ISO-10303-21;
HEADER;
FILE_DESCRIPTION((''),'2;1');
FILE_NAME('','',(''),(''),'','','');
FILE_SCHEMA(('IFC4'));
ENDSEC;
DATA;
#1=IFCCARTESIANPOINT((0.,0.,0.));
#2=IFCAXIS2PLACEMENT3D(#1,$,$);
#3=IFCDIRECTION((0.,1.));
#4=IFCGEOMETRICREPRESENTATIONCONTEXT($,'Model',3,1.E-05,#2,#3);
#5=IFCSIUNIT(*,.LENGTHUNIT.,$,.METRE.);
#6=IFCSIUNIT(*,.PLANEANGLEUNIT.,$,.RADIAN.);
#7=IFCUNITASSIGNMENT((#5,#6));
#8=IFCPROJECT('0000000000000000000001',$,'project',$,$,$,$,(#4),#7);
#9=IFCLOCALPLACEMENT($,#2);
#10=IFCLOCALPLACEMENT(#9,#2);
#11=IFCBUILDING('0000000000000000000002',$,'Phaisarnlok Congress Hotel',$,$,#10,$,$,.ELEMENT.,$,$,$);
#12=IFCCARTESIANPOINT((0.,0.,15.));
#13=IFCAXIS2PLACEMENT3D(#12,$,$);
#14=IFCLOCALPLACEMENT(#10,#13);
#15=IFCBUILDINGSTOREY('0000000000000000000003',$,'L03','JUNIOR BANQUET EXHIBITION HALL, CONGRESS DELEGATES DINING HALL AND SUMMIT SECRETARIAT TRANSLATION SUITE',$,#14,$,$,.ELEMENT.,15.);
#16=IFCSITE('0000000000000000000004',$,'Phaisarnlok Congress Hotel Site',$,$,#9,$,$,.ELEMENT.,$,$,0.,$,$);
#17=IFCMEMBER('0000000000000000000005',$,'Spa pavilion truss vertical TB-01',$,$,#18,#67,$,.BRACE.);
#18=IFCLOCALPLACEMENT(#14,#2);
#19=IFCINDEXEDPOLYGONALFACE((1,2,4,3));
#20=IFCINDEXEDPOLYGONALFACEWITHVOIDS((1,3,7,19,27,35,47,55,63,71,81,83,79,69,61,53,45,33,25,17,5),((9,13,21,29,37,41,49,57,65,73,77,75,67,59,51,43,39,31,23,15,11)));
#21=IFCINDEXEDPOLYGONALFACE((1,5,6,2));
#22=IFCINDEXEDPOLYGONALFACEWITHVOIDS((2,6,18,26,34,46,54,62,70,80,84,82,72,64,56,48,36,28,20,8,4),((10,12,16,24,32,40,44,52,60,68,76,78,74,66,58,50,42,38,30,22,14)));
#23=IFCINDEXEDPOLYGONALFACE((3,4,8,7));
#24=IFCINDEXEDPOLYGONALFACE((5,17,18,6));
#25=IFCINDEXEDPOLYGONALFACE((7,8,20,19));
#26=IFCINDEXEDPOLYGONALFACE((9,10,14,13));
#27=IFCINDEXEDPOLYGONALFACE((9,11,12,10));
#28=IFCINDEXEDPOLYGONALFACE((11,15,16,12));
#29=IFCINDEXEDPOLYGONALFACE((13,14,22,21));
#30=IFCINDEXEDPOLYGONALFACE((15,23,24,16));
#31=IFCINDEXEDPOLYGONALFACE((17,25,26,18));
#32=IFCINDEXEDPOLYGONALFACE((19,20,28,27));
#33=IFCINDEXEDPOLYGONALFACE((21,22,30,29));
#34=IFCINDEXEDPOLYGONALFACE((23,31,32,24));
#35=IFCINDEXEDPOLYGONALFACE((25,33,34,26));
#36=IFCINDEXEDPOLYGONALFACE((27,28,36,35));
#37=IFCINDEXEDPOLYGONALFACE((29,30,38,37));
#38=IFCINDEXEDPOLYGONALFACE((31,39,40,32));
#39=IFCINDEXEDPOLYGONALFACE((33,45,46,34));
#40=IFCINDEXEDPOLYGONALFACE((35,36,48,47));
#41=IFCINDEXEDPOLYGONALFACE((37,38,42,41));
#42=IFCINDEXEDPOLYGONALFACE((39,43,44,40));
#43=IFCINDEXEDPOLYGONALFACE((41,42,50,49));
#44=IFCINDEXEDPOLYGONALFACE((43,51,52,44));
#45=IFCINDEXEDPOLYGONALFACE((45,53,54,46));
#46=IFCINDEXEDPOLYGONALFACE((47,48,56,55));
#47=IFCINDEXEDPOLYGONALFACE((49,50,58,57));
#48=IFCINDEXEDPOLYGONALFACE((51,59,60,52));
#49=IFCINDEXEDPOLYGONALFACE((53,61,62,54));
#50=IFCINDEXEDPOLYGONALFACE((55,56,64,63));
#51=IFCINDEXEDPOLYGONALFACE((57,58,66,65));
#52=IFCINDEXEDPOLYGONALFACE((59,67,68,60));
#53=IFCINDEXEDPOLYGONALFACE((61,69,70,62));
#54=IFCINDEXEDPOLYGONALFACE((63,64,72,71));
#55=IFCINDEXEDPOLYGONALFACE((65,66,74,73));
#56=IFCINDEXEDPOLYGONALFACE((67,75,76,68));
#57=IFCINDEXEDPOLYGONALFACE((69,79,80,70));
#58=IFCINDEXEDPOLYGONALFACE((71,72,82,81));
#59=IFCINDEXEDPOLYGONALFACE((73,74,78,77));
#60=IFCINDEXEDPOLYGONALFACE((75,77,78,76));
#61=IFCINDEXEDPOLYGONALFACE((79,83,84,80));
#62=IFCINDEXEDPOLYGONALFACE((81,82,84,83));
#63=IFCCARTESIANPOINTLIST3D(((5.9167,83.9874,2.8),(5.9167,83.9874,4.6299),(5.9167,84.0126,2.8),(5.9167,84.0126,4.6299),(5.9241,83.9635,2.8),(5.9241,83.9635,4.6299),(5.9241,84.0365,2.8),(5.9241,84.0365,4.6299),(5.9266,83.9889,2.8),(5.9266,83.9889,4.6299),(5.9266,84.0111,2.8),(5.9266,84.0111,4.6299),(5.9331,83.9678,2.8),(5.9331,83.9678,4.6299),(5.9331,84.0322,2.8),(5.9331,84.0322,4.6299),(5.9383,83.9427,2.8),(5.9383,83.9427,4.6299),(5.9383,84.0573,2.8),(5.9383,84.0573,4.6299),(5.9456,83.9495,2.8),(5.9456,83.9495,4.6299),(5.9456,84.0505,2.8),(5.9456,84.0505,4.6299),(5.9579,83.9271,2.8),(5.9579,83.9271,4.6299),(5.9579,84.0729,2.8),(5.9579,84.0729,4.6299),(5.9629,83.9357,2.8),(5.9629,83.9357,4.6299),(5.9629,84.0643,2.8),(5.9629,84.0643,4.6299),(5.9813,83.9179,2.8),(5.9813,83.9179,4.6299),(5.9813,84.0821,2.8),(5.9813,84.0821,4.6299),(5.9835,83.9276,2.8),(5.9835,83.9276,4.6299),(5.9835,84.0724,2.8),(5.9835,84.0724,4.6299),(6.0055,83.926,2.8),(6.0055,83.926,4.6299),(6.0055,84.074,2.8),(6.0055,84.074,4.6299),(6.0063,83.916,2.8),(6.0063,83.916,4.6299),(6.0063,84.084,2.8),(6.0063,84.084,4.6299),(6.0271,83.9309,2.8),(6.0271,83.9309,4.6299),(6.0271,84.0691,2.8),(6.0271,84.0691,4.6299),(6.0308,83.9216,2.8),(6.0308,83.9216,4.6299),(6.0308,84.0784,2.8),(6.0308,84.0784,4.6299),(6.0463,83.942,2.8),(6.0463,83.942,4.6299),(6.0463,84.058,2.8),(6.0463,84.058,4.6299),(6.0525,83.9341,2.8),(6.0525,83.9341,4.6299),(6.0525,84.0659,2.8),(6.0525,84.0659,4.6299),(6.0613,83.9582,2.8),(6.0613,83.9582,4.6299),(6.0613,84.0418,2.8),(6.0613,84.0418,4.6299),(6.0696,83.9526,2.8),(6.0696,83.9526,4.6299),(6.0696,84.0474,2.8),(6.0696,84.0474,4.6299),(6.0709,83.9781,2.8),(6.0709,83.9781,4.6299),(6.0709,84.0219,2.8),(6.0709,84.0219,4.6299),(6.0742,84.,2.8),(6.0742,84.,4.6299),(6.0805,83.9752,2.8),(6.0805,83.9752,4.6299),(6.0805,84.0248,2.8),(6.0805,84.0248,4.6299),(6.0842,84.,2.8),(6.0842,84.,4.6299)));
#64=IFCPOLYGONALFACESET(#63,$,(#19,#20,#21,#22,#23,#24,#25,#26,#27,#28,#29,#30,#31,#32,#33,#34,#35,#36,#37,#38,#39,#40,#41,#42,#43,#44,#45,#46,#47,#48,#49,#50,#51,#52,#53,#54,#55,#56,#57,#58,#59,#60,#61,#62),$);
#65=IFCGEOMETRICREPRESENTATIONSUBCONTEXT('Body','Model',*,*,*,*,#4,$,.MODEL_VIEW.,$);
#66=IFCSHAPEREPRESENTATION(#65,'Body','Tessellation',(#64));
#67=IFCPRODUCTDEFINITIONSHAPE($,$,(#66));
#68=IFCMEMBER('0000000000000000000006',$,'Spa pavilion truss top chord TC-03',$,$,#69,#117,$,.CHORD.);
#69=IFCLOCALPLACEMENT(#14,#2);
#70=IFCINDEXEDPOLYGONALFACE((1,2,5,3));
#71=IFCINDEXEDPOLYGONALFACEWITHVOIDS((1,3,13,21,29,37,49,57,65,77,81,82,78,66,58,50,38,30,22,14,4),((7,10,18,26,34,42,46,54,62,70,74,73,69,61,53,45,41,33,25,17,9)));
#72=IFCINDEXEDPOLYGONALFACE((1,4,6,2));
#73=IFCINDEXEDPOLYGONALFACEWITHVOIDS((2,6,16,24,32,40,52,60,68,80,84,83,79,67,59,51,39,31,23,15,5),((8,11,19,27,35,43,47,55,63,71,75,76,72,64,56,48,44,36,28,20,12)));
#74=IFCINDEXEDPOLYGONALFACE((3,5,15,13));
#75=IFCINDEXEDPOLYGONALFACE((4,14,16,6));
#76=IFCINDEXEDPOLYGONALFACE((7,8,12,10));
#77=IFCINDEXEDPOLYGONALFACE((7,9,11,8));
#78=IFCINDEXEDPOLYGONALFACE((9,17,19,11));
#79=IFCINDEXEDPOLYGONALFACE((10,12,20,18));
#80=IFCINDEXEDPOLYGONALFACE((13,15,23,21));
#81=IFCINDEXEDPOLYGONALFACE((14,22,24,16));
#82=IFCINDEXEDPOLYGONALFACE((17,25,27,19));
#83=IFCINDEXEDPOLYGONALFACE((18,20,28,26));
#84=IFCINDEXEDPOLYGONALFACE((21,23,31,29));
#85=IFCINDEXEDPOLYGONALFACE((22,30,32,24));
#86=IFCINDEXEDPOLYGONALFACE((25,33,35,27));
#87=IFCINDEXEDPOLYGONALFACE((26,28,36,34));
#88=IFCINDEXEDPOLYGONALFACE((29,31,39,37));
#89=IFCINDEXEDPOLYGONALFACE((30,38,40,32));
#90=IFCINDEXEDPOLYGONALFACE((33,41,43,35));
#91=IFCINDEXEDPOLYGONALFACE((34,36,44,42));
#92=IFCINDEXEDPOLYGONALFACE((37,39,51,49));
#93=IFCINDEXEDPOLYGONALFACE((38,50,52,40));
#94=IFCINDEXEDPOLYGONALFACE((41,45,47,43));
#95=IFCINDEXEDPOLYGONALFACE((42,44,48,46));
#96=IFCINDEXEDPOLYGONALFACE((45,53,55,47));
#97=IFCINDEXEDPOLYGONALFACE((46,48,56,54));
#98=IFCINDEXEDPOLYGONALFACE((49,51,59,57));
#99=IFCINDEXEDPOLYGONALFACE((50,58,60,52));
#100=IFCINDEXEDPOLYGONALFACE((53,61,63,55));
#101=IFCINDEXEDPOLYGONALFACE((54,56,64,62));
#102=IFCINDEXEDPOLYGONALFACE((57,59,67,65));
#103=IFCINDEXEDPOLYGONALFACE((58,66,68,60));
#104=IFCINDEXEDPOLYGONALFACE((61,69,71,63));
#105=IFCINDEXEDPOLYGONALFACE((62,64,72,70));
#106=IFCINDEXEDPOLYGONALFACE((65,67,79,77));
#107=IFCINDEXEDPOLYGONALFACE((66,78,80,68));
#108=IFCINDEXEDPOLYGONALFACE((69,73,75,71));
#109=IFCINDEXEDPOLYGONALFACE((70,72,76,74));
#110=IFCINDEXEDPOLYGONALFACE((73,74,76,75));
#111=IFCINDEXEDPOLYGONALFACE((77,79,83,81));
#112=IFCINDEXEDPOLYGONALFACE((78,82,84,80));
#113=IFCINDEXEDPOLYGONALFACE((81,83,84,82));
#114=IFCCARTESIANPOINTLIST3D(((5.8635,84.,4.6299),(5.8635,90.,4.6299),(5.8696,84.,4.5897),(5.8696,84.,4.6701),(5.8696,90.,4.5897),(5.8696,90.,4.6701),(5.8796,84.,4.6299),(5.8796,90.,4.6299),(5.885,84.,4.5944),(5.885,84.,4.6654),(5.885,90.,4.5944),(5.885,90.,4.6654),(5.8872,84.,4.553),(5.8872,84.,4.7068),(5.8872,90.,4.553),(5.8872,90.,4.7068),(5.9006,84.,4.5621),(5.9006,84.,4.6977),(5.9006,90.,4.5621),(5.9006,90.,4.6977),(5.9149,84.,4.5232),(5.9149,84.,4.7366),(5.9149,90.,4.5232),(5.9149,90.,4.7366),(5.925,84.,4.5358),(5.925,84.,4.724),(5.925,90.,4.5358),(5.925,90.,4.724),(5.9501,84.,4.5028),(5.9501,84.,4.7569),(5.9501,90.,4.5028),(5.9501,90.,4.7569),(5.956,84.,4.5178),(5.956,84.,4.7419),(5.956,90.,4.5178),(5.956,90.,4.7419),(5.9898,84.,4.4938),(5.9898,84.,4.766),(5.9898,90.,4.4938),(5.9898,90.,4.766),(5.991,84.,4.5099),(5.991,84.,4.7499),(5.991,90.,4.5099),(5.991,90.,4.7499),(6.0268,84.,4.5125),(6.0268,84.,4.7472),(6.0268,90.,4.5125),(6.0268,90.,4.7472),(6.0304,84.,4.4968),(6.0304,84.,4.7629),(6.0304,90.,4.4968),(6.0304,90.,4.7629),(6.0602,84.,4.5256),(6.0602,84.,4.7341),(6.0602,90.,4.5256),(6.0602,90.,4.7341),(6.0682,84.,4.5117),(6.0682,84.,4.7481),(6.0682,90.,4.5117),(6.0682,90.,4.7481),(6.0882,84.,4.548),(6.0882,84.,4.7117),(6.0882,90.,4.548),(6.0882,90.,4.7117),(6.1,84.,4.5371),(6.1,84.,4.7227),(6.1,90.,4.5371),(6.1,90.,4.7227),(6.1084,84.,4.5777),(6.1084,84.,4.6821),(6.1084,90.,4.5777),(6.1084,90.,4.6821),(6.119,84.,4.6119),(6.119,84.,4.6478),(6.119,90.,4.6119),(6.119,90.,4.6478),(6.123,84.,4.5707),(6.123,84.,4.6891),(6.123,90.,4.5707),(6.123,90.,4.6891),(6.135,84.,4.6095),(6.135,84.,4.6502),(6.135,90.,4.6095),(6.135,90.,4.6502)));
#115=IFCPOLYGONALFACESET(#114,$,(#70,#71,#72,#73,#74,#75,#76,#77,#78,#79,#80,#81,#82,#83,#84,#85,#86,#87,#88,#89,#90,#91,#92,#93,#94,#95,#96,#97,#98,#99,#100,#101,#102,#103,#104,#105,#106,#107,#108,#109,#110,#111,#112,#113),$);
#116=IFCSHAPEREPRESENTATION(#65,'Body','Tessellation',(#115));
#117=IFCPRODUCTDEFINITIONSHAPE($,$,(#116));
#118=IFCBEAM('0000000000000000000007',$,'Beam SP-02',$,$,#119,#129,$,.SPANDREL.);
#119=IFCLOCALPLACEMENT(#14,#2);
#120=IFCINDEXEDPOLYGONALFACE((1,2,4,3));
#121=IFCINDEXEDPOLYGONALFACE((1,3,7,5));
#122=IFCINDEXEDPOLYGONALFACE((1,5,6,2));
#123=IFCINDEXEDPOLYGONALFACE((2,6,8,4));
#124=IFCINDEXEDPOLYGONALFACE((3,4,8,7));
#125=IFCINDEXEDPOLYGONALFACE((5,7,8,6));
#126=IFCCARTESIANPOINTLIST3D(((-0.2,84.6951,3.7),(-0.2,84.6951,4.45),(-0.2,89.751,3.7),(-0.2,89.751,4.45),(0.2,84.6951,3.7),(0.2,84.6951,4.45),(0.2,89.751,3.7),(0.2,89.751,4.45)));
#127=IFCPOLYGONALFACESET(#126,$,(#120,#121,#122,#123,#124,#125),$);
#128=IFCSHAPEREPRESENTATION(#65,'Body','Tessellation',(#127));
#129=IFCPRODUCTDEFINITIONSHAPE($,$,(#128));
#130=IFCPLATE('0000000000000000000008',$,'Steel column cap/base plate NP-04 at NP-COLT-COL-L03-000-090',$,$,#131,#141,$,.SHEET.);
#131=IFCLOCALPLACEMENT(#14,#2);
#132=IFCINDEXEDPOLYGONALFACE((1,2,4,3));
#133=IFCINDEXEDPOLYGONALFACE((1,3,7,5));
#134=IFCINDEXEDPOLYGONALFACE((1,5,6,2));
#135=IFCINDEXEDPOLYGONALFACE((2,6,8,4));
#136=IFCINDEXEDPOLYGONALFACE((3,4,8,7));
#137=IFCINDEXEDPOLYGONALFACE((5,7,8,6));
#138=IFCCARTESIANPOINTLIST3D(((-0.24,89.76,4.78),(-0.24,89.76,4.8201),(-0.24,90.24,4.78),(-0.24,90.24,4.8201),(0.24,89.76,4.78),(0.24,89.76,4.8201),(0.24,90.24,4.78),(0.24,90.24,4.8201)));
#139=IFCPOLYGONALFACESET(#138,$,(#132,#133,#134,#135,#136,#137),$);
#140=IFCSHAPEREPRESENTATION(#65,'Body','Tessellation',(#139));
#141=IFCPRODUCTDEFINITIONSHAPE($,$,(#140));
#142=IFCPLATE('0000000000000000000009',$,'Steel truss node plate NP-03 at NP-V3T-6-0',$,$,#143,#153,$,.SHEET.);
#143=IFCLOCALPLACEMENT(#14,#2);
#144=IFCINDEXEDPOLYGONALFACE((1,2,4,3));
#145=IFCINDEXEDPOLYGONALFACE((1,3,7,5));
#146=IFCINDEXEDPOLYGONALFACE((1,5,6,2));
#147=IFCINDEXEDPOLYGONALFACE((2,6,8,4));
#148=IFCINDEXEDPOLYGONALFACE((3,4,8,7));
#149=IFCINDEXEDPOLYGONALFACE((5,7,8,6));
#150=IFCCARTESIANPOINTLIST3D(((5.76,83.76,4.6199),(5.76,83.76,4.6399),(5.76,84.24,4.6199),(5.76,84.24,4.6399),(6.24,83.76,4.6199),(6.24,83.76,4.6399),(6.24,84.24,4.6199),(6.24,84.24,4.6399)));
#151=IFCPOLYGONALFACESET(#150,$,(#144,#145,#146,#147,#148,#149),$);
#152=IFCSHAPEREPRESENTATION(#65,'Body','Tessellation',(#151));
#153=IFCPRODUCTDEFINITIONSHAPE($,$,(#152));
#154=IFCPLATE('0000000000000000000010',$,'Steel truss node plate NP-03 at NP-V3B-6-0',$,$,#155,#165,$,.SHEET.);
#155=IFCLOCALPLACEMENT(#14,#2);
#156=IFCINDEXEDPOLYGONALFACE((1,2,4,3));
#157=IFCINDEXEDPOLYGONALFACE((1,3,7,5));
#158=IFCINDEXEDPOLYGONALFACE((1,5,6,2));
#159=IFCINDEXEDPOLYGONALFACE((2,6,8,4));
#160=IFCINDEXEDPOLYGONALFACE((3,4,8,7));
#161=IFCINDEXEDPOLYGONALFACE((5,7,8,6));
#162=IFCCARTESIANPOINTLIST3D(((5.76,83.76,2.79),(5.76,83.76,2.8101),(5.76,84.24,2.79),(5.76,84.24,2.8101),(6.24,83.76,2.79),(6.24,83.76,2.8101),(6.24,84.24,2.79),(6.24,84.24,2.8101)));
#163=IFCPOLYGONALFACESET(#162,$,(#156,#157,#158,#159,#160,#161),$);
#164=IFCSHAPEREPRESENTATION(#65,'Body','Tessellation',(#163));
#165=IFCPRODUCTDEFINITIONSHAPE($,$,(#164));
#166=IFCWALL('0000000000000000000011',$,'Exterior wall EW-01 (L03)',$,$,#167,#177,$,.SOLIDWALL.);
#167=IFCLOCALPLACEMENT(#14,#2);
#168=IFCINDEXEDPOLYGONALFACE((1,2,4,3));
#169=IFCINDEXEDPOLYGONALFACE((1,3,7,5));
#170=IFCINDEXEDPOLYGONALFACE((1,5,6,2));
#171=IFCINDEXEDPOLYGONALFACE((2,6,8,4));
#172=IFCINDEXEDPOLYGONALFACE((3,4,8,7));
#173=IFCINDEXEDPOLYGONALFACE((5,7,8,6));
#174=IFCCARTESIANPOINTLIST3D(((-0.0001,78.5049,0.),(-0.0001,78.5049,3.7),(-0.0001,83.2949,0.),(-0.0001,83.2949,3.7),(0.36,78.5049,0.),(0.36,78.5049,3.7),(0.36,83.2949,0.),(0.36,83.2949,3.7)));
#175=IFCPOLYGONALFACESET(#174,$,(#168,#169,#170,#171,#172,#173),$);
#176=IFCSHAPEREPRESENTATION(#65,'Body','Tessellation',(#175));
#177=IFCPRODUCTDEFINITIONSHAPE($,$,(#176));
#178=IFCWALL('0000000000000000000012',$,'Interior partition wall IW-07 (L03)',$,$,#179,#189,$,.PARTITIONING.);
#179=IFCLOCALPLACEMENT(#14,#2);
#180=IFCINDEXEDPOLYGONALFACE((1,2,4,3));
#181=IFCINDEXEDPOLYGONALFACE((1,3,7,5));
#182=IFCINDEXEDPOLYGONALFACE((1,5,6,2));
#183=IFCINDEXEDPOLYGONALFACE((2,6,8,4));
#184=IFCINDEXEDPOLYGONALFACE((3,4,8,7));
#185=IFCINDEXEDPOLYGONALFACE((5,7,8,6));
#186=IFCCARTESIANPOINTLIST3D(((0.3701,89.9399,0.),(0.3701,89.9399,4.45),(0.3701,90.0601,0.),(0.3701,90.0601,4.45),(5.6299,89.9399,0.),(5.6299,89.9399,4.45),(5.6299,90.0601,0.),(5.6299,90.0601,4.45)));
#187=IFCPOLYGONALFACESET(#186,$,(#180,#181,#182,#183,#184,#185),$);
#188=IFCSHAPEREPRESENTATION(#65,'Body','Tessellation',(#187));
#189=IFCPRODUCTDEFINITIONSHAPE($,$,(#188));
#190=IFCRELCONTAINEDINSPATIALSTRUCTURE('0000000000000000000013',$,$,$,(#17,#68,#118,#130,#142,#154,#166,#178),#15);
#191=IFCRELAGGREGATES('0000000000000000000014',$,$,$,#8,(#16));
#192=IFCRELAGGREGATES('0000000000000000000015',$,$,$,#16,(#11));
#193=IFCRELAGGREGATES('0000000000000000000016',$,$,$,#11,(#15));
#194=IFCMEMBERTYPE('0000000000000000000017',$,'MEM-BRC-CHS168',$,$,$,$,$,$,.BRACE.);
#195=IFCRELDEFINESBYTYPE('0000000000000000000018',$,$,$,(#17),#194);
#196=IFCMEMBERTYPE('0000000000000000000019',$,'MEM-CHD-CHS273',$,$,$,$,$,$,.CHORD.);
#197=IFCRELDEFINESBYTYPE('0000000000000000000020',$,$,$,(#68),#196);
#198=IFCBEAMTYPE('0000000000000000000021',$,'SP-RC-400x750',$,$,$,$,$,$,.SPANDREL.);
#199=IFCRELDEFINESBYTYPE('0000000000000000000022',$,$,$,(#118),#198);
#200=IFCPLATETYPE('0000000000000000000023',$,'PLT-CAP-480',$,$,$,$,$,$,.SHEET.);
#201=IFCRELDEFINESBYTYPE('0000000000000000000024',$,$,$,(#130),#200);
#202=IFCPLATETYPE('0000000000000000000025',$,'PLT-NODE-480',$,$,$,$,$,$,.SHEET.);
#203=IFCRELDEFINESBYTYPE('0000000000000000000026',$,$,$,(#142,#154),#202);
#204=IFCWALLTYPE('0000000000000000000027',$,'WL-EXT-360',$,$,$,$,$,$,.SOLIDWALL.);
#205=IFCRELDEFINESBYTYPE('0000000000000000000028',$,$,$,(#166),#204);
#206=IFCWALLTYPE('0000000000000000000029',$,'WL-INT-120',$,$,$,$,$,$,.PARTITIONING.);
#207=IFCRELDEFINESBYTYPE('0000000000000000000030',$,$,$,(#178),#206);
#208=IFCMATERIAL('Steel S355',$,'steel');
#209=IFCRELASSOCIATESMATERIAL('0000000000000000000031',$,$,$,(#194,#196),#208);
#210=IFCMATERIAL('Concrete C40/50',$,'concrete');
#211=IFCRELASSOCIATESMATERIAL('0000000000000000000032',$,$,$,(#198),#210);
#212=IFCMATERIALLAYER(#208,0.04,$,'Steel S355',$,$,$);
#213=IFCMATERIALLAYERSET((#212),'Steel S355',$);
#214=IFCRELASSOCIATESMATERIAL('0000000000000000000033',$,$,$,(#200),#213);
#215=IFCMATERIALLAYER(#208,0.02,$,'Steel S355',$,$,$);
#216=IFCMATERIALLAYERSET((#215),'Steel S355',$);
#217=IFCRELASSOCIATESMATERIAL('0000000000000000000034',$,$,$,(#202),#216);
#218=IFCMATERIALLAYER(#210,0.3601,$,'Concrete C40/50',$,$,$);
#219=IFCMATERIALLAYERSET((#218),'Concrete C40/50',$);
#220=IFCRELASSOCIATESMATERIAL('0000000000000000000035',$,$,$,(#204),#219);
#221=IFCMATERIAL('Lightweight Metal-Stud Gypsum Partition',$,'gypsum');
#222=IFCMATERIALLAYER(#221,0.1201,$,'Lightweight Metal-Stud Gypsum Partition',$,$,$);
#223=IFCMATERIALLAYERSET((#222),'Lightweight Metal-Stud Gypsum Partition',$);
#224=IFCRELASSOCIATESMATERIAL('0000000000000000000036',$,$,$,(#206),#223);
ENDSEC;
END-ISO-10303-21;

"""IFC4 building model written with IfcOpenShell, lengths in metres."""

from ifc_helpers import new_model, si_unit, direction, frame, frame_2d, origin, origin_2d, place, context, subcontext, project, spatial, rectangle, hollow_circle, extrude, material, layer, layer_set, material_profile, profile_set, type_object, element, save


model = new_model("IFC4")

# Units and contexts
model_context = context("Model", 3, precision=1e-05, world=origin(), true_north=direction((0.0, 1.0)))
body_context = subcontext(model_context, "Body", "Model", "MODEL_VIEW")
ifc_project = project(units=[si_unit("LENGTHUNIT", "METRE"), si_unit("PLANEANGLEUNIT", "RADIAN")], contexts=[model_context])

# Site, building, storey
site_placement = place(None, origin())
site = spatial("IfcSite", under=ifc_project, at=site_placement, Name="Phaisarnlok Congress Hotel Site", CompositionType="ELEMENT", RefElevation=0.0)
building_placement = place(site_placement, origin())
building = spatial("IfcBuilding", under=site, at=building_placement, Name="Phaisarnlok Congress Hotel", CompositionType="ELEMENT")
storey_placement = place(building_placement, frame((0.0, 0.0, 15.0)))
storey = spatial("IfcBuildingStorey", under=building, at=storey_placement, Name="L03", Description="JUNIOR BANQUET EXHIBITION HALL, CONGRESS DELEGATES DINING HALL AND SUMMIT SECRETARIAT TRANSLATION SUITE", CompositionType="ELEMENT", Elevation=15.0)

# Shared definitions
ifc_material_1 = material(Name="Steel S355", Category="steel")

# Members
ifc_material_profile_1 = material_profile(ifc_material_1, hollow_circle(Radius=0.0842, WallThickness=0.01, at=origin_2d()), Name="CHS 168.3x10")
ifc_profile_set_1 = profile_set([ifc_material_profile_1], Name="Steel S355")
member_type_1 = type_object("IfcMemberType", Name="MEM-BRC-CHS168", PredefinedType="BRACE", material=ifc_profile_set_1)
member_1_placement = place(storey_placement, frame((6.0, 84.0, 2.8), z_axis=(0.0, 0.0, 1.0), x_axis=(1.0, 0.0, 0.0)))
element("IfcMember", 1, at=member_1_placement, inside=storey, type_object=member_type_1, Name="Spa pavilion truss vertical TB-01", PredefinedType="BRACE", context=body_context, shape_type="SweptSolid", body=[
    extrude(hollow_circle(Radius=0.0842, WallThickness=0.01, at=origin_2d()), origin(), (0.0, 0.0, 1.0), 1.8298),
])
ifc_material_profile_2 = material_profile(ifc_material_1, hollow_circle(Radius=0.1365, WallThickness=0.0161, at=origin_2d()), Name="CHS 273x16")
ifc_profile_set_2 = profile_set([ifc_material_profile_2], Name="Steel S355")
member_type_2 = type_object("IfcMemberType", Name="MEM-CHD-CHS273", PredefinedType="CHORD", material=ifc_profile_set_2)
member_2_placement = place(storey_placement, frame((6.0, 84.0, 4.6299), z_axis=(0.0, 1.0, 0.0), x_axis=(-1.0, 0.0, 0.0)))
element("IfcMember", 2, at=member_2_placement, inside=storey, type_object=member_type_2, Name="Spa pavilion truss top chord TC-03", PredefinedType="CHORD", context=body_context, shape_type="SweptSolid", body=[
    extrude(hollow_circle(Radius=0.1365, WallThickness=0.0161, at=origin_2d()), origin(), (0.0, 0.0, 1.0), 6.0),
])

# Beam
ifc_material_2 = material(Name="Concrete C40/50", Category="concrete")
ifc_material_profile_3 = material_profile(ifc_material_2, rectangle(XDim=0.3999, YDim=0.75, at=origin_2d()), Name="RC 400x750")
ifc_profile_set_3 = profile_set([ifc_material_profile_3], Name="Concrete C40/50")
beam_type_1 = type_object("IfcBeamType", Name="SP-RC-400x750", PredefinedType="SPANDREL", material=ifc_profile_set_3)
beam_1_placement = place(storey_placement, frame((0.0, 84.6951, 4.075), z_axis=(0.0, 1.0, 0.0), x_axis=(-1.0, 0.0, 0.0)))
element("IfcBeam", 3, at=beam_1_placement, inside=storey, type_object=beam_type_1, Name="Beam SP-02", PredefinedType="SPANDREL", context=body_context, shape_type="SweptSolid", body=[
    extrude(rectangle(XDim=0.3999, YDim=0.75, at=origin_2d()), origin(), (0.0, 0.0, 1.0), 5.0559),
])

# Plates
ifc_layer_1 = layer(ifc_material_1, 0.04, Name="Steel S355")
ifc_layer_set_1 = layer_set([ifc_layer_1], Name="Steel S355")
plate_type_1 = type_object("IfcPlateType", Name="PLT-CAP-480", PredefinedType="SHEET", material=ifc_layer_set_1)
plate_placement = place(storey_placement, frame((0.0, 90.0, 4.78), z_axis=(0.0, 0.0, 1.0), x_axis=(1.0, 0.0, 0.0)))
element("IfcPlate", 4, at=plate_placement, inside=storey, type_object=plate_type_1, Name="Steel column cap/base plate NP-04 at NP-COLT-COL-L03-000-090", PredefinedType="SHEET", context=body_context, shape_type="SweptSolid", body=[
    extrude(rectangle(XDim=0.48, YDim=0.48, at=origin_2d()), origin(), (0.0, 0.0, 1.0), 0.04),
])
ifc_layer_2 = layer(ifc_material_1, 0.02, Name="Steel S355")
ifc_layer_set_2 = layer_set([ifc_layer_2], Name="Steel S355")
plate_type_2 = type_object("IfcPlateType", Name="PLT-NODE-480", PredefinedType="SHEET", material=ifc_layer_set_2)
for number, where, z_axis, x_axis, name in (
    (5, (6.0, 84.0, 4.6199), (0.0, 0.0, 1.0), (1.0, 0.0, 0.0), "Steel truss node plate NP-03 at NP-V3T-6-0"),
    (6, (6.0, 84.0, 2.79), (0.0, 0.0, 1.0), (1.0, 0.0, 0.0), "Steel truss node plate NP-03 at NP-V3B-6-0"),
):
    element("IfcPlate", number, at=place(storey_placement, frame(where, z_axis=z_axis, x_axis=x_axis)), inside=storey, type_object=plate_type_2, Name=name, PredefinedType="SHEET", context=body_context, shape_type="SweptSolid", body=[
        extrude(rectangle(XDim=0.48, YDim=0.48, at=origin_2d()), origin(), (0.0, 0.0, 1.0), 0.02),
    ])

# Walls
ifc_layer_3 = layer(ifc_material_2, 0.3601, Name="Concrete C40/50")
ifc_layer_set_3 = layer_set([ifc_layer_3], Name="Concrete C40/50")
wall_type_1 = type_object("IfcWallType", Name="WL-EXT-360", PredefinedType="SOLIDWALL", material=ifc_layer_set_3)
wall_1_placement = place(storey_placement, frame((0.1799, 83.2949, 0.0), z_axis=(0.0, 0.0, 1.0), x_axis=(0.0, -1.0, 0.0)))
element("IfcWall", 7, at=wall_1_placement, inside=storey, type_object=wall_type_1, Name="Exterior wall EW-01 (L03)", PredefinedType="SOLIDWALL", context=body_context, shape_type="SweptSolid", body=[
    extrude(rectangle(XDim=4.79, YDim=0.3601, at=frame_2d((2.395, 0.0))), origin(), (0.0, 0.0, 1.0), 3.7),
])
ifc_material_3 = material(Name="Lightweight Metal-Stud Gypsum Partition", Category="gypsum")
ifc_layer_4 = layer(ifc_material_3, 0.1201, Name="Lightweight Metal-Stud Gypsum Partition")
ifc_layer_set_4 = layer_set([ifc_layer_4], Name="Lightweight Metal-Stud Gypsum Partition")
wall_type_2 = type_object("IfcWallType", Name="WL-INT-120", PredefinedType="PARTITIONING", material=ifc_layer_set_4)
wall_2_placement = place(storey_placement, frame((0.3701, 90.0, 0.0), z_axis=(0.0, 0.0, 1.0), x_axis=(1.0, 0.0, 0.0)))
element("IfcWall", 8, at=wall_2_placement, inside=storey, type_object=wall_type_2, Name="Interior partition wall IW-07 (L03)", PredefinedType="PARTITIONING", context=body_context, shape_type="SweptSolid", body=[
    extrude(rectangle(XDim=5.2598, YDim=0.1201, at=frame_2d((2.6299, 0.0))), origin(), (0.0, 0.0, 1.0), 4.45),
])

save(model, "model.ifc")
